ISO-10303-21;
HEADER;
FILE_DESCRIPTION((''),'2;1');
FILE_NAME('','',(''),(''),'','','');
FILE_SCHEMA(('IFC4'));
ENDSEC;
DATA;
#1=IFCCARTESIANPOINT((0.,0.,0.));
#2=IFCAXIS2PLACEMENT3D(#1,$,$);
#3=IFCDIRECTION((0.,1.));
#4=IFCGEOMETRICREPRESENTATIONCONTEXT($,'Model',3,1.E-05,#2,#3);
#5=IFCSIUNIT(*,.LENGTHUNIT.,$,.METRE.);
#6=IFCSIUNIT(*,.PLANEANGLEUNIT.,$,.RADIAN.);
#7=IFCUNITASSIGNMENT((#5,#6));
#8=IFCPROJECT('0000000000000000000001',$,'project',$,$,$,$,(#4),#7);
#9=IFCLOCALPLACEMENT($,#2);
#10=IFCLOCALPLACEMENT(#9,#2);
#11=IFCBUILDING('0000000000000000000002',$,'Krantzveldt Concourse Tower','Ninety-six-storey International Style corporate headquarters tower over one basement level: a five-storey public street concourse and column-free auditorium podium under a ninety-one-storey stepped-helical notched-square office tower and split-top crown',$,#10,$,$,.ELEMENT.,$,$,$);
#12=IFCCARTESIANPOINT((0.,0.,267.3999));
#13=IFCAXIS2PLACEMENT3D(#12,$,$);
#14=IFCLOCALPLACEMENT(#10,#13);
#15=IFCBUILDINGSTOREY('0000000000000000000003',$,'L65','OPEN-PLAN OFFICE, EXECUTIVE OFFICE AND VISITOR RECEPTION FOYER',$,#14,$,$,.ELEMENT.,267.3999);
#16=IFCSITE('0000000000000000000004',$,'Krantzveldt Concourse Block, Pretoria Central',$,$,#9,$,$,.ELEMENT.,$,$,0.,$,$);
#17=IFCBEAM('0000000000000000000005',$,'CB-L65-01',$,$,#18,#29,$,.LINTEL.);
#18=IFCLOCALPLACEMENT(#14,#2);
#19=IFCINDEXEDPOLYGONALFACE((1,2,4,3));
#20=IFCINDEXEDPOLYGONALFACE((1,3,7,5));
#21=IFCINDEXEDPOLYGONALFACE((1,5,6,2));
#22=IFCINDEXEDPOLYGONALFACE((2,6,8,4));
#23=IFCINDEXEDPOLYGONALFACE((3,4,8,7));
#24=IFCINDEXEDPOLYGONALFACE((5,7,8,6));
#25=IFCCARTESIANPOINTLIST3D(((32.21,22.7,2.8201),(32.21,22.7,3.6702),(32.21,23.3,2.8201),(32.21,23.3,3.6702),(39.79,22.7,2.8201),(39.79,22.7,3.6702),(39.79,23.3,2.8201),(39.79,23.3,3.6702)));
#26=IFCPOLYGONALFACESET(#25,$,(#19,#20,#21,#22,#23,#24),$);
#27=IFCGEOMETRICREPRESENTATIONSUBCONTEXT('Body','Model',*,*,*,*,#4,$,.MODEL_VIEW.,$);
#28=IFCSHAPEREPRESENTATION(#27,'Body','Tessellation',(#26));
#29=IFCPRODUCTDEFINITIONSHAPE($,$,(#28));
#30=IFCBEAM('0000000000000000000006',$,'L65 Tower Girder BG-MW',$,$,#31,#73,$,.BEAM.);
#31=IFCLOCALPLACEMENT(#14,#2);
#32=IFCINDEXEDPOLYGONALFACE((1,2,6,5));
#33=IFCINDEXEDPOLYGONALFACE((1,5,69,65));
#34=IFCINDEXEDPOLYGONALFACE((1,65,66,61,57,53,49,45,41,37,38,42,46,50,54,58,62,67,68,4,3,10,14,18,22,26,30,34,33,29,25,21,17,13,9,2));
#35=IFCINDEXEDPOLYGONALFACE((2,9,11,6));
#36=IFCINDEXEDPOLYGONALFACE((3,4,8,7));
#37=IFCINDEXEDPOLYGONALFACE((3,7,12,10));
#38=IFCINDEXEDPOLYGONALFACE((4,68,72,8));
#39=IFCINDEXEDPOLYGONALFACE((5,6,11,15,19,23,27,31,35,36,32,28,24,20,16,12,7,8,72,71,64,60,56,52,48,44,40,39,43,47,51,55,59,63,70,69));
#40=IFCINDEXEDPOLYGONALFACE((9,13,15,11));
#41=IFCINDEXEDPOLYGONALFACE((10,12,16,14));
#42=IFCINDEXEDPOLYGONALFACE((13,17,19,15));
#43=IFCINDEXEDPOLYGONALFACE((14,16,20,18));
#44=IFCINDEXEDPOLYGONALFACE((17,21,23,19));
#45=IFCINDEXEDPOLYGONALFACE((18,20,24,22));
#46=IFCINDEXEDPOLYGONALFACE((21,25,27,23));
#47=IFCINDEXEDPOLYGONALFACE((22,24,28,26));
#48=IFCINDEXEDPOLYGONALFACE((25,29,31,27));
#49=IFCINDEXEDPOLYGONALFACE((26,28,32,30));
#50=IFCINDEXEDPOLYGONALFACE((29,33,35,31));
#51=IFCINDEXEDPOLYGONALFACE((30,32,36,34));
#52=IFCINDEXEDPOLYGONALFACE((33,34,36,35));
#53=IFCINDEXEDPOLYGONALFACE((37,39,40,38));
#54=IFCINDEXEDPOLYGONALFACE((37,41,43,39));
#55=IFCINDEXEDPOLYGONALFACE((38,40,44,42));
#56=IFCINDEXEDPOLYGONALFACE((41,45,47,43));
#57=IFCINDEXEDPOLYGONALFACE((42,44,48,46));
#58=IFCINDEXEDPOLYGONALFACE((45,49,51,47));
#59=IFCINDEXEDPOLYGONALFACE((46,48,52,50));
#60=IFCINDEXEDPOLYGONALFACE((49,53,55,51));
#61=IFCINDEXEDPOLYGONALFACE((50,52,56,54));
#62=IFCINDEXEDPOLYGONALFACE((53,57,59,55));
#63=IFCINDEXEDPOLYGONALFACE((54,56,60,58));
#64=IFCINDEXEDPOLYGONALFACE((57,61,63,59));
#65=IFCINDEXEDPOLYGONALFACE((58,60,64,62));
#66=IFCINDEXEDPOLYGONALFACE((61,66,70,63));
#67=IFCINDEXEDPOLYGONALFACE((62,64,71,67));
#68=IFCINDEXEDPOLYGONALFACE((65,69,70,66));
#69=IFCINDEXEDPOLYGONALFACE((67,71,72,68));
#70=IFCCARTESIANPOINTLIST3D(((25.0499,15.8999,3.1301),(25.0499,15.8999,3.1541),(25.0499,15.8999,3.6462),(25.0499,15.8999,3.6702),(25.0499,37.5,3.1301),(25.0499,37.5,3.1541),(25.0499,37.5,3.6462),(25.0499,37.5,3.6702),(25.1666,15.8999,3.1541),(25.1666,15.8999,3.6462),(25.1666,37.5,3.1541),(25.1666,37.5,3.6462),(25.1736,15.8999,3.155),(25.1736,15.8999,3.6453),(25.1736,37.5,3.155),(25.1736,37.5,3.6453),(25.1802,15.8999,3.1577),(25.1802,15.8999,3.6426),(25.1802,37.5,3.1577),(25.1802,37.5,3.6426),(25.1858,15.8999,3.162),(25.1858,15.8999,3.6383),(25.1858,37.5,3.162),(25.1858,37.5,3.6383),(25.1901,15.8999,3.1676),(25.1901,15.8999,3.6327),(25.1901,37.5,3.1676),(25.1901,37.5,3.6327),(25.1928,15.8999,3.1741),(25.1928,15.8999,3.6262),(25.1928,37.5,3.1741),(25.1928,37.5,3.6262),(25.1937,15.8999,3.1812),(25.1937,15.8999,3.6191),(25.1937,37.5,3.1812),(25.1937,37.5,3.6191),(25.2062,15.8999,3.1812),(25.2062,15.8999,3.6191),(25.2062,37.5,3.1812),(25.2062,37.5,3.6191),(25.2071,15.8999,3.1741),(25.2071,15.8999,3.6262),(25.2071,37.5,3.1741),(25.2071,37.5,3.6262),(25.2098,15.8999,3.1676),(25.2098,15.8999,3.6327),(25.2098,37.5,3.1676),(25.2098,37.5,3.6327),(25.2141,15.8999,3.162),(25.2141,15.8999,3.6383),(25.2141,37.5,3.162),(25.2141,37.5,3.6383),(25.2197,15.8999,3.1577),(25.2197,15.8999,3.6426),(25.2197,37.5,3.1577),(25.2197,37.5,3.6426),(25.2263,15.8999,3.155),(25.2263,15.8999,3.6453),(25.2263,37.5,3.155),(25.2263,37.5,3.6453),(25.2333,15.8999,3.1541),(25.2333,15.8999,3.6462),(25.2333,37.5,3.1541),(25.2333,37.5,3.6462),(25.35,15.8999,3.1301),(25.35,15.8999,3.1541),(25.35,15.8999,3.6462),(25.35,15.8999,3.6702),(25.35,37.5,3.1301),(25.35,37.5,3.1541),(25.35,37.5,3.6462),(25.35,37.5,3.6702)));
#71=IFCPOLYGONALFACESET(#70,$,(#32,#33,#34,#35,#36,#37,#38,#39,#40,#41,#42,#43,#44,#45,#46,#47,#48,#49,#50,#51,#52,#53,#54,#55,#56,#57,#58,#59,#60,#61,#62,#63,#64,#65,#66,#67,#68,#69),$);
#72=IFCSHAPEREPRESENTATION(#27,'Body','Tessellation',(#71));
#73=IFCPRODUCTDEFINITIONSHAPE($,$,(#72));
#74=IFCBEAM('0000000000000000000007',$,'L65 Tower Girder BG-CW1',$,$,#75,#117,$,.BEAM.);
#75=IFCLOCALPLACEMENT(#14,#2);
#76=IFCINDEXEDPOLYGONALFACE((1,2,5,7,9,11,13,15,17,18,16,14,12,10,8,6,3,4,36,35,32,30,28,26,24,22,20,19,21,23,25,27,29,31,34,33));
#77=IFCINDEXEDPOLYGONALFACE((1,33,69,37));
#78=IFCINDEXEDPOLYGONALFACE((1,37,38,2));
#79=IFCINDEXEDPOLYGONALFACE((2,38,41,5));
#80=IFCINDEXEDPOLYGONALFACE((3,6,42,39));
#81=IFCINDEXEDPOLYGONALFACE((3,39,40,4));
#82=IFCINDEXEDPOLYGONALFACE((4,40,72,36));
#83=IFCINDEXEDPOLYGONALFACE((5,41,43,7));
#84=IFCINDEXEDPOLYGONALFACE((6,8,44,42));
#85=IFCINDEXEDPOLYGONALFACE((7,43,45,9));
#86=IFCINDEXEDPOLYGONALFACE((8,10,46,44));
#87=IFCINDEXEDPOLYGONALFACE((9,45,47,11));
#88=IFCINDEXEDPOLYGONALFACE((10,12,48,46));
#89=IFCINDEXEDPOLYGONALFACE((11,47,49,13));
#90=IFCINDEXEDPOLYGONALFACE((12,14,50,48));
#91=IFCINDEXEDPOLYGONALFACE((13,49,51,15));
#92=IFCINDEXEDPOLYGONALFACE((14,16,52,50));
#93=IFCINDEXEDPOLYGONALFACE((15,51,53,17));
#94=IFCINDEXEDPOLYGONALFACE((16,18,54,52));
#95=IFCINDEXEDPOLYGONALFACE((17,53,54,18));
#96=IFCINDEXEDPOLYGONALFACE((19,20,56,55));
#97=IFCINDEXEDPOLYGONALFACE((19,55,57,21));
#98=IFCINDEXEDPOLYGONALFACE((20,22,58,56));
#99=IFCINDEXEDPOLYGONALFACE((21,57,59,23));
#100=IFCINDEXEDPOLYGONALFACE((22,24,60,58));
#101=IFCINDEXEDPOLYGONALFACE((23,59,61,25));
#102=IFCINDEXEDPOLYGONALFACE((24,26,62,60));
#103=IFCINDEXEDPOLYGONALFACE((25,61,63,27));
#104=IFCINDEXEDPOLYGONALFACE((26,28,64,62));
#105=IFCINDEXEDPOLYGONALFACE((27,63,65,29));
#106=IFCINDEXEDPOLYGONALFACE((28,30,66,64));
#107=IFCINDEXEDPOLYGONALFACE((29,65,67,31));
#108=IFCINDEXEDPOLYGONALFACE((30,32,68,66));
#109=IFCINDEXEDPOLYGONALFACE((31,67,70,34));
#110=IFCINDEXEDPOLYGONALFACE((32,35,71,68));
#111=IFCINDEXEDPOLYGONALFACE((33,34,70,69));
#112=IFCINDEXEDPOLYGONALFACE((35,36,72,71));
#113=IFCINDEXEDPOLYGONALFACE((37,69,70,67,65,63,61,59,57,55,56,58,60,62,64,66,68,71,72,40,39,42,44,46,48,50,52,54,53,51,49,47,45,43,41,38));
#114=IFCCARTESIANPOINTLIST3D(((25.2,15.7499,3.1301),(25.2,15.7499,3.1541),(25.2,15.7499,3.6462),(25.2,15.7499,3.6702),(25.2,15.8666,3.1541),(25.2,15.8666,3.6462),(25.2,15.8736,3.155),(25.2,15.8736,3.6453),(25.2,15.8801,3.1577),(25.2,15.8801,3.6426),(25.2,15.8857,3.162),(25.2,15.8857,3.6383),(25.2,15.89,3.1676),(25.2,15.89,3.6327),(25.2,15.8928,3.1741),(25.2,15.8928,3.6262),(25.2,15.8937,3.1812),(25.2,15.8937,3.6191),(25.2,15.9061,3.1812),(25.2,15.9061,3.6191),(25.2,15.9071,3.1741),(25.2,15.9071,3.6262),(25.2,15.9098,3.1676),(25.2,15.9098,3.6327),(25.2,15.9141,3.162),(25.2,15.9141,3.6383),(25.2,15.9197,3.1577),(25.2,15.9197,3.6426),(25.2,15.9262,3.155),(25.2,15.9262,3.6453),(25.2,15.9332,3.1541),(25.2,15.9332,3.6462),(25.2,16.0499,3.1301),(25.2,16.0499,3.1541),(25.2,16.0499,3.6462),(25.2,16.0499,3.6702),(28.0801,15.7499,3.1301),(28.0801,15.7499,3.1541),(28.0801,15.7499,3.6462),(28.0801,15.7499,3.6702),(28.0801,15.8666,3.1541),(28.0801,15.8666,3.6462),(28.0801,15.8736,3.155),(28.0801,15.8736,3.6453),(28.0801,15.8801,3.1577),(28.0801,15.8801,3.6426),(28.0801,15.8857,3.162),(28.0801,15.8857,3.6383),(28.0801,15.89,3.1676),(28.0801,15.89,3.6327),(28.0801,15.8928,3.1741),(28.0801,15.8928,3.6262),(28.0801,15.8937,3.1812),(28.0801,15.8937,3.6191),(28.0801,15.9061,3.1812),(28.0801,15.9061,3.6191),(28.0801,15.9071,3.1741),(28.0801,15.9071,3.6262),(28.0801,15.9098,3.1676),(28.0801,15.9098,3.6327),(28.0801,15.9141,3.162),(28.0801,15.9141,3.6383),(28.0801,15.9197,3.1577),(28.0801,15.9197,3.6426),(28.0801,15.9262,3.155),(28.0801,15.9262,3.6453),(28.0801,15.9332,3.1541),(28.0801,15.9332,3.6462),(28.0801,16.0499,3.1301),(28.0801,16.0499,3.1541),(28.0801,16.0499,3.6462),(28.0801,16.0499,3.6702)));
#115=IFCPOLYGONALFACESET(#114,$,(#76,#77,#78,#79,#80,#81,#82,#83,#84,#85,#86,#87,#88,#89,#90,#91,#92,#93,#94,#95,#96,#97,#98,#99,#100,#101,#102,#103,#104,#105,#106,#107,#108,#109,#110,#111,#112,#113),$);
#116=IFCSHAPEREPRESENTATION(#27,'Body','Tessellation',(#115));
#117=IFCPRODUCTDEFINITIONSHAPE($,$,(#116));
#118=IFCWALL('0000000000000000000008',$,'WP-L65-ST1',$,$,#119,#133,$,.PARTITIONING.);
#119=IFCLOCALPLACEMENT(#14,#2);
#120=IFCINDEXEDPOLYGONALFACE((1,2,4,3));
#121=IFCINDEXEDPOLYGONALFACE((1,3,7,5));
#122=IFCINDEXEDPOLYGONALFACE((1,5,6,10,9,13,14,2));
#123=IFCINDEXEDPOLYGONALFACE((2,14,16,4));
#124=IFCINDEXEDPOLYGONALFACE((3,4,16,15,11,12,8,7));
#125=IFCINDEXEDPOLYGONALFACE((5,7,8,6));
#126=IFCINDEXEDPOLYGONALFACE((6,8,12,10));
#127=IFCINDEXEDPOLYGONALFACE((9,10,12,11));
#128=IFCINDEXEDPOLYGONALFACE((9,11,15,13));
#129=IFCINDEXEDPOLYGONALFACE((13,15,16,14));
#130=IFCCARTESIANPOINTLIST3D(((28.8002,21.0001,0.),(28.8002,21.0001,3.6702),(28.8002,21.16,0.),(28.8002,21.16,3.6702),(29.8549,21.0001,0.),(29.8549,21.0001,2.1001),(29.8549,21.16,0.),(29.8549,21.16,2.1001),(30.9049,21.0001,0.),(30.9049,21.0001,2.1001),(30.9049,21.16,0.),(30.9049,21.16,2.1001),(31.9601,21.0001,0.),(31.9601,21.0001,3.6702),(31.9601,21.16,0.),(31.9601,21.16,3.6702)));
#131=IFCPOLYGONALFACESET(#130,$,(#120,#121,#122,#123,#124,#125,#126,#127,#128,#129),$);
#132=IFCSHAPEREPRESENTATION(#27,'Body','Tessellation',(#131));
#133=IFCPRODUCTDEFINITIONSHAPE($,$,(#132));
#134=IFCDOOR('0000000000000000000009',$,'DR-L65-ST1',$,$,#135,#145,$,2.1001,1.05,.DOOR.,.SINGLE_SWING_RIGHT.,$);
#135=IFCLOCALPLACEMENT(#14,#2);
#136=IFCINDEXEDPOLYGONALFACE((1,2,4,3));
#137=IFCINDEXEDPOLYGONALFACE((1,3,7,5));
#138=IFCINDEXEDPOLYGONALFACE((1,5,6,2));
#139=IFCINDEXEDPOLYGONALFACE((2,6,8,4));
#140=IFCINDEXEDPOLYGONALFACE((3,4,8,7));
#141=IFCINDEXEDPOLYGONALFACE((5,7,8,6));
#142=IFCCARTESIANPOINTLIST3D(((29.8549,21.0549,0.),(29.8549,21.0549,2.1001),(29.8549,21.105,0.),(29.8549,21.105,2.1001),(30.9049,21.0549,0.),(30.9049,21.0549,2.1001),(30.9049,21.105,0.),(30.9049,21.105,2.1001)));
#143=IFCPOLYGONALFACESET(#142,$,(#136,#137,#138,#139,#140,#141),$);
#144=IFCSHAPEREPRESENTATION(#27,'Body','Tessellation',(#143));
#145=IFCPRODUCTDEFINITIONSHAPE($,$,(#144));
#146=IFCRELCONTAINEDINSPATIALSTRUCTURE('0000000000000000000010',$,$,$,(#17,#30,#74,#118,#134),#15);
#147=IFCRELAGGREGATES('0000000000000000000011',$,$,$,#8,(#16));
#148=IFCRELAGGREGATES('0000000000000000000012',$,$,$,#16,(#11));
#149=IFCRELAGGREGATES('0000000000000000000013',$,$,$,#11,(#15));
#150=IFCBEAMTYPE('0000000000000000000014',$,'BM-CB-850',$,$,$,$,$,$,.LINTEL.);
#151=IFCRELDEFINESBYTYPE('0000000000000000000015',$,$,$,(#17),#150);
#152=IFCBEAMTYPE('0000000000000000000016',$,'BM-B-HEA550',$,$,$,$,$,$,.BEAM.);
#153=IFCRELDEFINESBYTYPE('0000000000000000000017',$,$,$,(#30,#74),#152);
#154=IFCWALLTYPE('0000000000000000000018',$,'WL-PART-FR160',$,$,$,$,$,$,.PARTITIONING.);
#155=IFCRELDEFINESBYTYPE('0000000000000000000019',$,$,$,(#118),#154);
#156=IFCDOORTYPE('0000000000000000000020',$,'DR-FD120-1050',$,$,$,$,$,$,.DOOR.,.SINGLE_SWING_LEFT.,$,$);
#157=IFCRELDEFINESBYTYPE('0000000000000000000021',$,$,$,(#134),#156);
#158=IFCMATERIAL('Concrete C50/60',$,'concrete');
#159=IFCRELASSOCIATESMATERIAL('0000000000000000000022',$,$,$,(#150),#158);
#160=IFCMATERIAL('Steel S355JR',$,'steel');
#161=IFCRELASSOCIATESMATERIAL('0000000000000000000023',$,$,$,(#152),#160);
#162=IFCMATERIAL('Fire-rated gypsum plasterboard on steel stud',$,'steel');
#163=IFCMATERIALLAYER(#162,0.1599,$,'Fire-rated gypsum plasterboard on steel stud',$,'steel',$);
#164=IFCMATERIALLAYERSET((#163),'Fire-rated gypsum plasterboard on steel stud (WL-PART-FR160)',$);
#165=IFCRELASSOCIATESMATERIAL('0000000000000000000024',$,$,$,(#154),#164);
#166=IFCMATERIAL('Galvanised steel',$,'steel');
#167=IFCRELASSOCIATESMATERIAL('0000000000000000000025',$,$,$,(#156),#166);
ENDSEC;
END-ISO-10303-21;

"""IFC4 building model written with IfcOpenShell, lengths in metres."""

from ifc_helpers import new_model, si_unit, direction, frame, frame_2d, origin, origin_2d, place, context, subcontext, project, spatial, rectangle, i_section, extrude, source, transform, mapped, material, layer, layer_set, material_profile, profile_set, type_object, type_shapes, element, fill, save


model = new_model("IFC4")

# Units and contexts
model_context = context("Model", 3, precision=1e-05, world=origin(), true_north=direction((0.0, 1.0)))
body_context = subcontext(model_context, "Body", "Model", "MODEL_VIEW")
ifc_project = project(units=[si_unit("LENGTHUNIT", "METRE"), si_unit("PLANEANGLEUNIT", "RADIAN")], contexts=[model_context])

# Site, building, storey
site_placement = place(None, origin())
site = spatial("IfcSite", under=ifc_project, at=site_placement, Name="Krantzveldt Concourse Block, Pretoria Central", CompositionType="ELEMENT", RefElevation=0.0)
building_placement = place(site_placement, origin())
building = spatial("IfcBuilding", under=site, at=building_placement, Name="Krantzveldt Concourse Tower", Description="Ninety-six-storey International Style corporate headquarters tower over one basement level: a five-storey public street concourse and column-free auditorium podium under a ninety-one-storey stepped-helical notched-square office tower and split-top crown", CompositionType="ELEMENT")
storey_placement = place(building_placement, frame((0.0, 0.0, 267.3999)))
storey = spatial("IfcBuildingStorey", under=building, at=storey_placement, Name="L65", Description="OPEN-PLAN OFFICE, EXECUTIVE OFFICE AND VISITOR RECEPTION FOYER", CompositionType="ELEMENT", Elevation=267.3999)

# Beams
ifc_material_1 = material(Name="Concrete C50/60", Category="concrete")
ifc_material_profile_1 = material_profile(ifc_material_1, rectangle(XDim=0.6001, YDim=0.8501, at=origin_2d()), Name="Concrete C50/60", Category="concrete")
ifc_profile_set_1 = profile_set([ifc_material_profile_1], Name="Concrete C50/60 - RC-CB 600x850")
beam_type_1 = type_object("IfcBeamType", Name="BM-CB-850", PredefinedType="LINTEL", material=ifc_profile_set_1)
shared_shape_1 = source(origin(), body_context, "Body", "SweptSolid", [
    extrude(rectangle(XDim=0.6001, YDim=0.8501, at=origin_2d()), origin(), (0.0, 0.0, 1.0), 7.5801),
])
type_shapes(beam_type_1, [shared_shape_1])
beam_1_placement = place(storey_placement, frame((32.21, 23.0, 3.2451), z_axis=(1.0, 0.0, 0.0), x_axis=(0.0, 1.0, 0.0)))
element("IfcBeam", 1, at=beam_1_placement, inside=storey, type_object=beam_type_1, Name="CB-L65-01", PredefinedType="LINTEL", context=body_context, shape_type="MappedRepresentation", body=[
    mapped(shared_shape_1, transform((0.0, 0.0, 0.0), x_axis=(1.0, 0.0, 0.0), y_axis=(0.0, 1.0, 0.0), z_axis=(0.0, 0.0, 1.0), scale=1.0)),
])
ifc_material_2 = material(Name="Steel S355JR", Category="steel")
ifc_material_profile_2 = material_profile(ifc_material_2, i_section(OverallWidth=0.3, OverallDepth=0.54, WebThickness=0.0125, FlangeThickness=0.0239, FilletRadius=0.0271, at=origin_2d()), Name="Steel S355JR", Category="steel")
ifc_profile_set_2 = profile_set([ifc_material_profile_2], Name="Steel S355JR - HEA 550")
beam_type_2 = type_object("IfcBeamType", Name="BM-B-HEA550", PredefinedType="BEAM", material=ifc_profile_set_2)
shared_shape_2 = source(origin(), body_context, "Body", "SweptSolid", [
    extrude(i_section(OverallWidth=0.3, OverallDepth=0.54, WebThickness=0.0125, FlangeThickness=0.0239, FilletRadius=0.0271, at=origin_2d()), origin(), (0.0, 0.0, 1.0), 21.6001),
])
beam_2_placement = place(storey_placement, frame((25.2, 15.8999, 3.4001), z_axis=(0.0, 1.0, 0.0), x_axis=(-1.0, 0.0, 0.0)))
element("IfcBeam", 2, at=beam_2_placement, inside=storey, type_object=beam_type_2, Name="L65 Tower Girder BG-MW", PredefinedType="BEAM", context=body_context, shape_type="MappedRepresentation", body=[
    mapped(shared_shape_2, transform((0.0, 0.0, 0.0), x_axis=(1.0, 0.0, 0.0), y_axis=(0.0, 1.0, 0.0), z_axis=(0.0, 0.0, 1.0), scale=1.0)),
])
shared_shape_3 = source(origin(), body_context, "Body", "SweptSolid", [
    extrude(i_section(OverallWidth=0.3, OverallDepth=0.54, WebThickness=0.0125, FlangeThickness=0.0239, FilletRadius=0.0271, at=origin_2d()), origin(), (0.0, 0.0, 1.0), 2.8801),
])
type_shapes(beam_type_2, [shared_shape_2, shared_shape_3])
beam_3_placement = place(storey_placement, frame((25.2, 15.8999, 3.4001), z_axis=(1.0, 0.0, 0.0), x_axis=(0.0, 1.0, 0.0)))
element("IfcBeam", 3, at=beam_3_placement, inside=storey, type_object=beam_type_2, Name="L65 Tower Girder BG-CW1", PredefinedType="BEAM", context=body_context, shape_type="MappedRepresentation", body=[
    mapped(shared_shape_3, transform((0.0, 0.0, 0.0), x_axis=(1.0, 0.0, 0.0), y_axis=(0.0, 1.0, 0.0), z_axis=(0.0, 0.0, 1.0), scale=1.0)),
])

# Wall, opening, door
ifc_material_3 = material(Name="Fire-rated gypsum plasterboard on steel stud", Category="steel")
ifc_layer_1 = layer(ifc_material_3, 0.1599, Name="Fire-rated gypsum plasterboard on steel stud", Category="steel")
ifc_layer_set_1 = layer_set([ifc_layer_1], Name="Fire-rated gypsum plasterboard on steel stud (WL-PART-FR160)")
wall_type_1 = type_object("IfcWallType", Name="WL-PART-FR160", PredefinedType="PARTITIONING", material=ifc_layer_set_1)
wall_1_placement = place(storey_placement, frame((28.8, 21.0801, 0.0), z_axis=(0.0, 0.0, 1.0), x_axis=(1.0, 0.0, 0.0)))
wall_1 = element("IfcWall", 4, at=wall_1_placement, inside=storey, type_object=wall_type_1, Name="WP-L65-ST1", PredefinedType="PARTITIONING", context=body_context, shape_type="SweptSolid", body=[
    extrude(rectangle(XDim=3.1599, YDim=0.1599, at=frame_2d((1.5801, 0.0))), origin(), (0.0, 0.0, 1.0), 3.6702),
])
opening_1_placement = place(wall_1_placement, frame((1.0549, 0.0, 0.0)))
opening_1 = element("IfcOpeningElement", 5, at=opening_1_placement, cuts=wall_1, PredefinedType="OPENING", context=body_context, shape_type="SweptSolid", body=[
    extrude(rectangle(XDim=1.05, YDim=2.1001, at=frame_2d((0.5249, 1.05))), frame((0.0, 0.0898, 0.0), z_axis=(0.0, -1.0, 0.0), x_axis=(1.0, 0.0, 0.0)), (0.0, 0.0, 1.0), 0.1799),
])
ifc_material_4 = material(Name="Galvanised steel", Category="steel")
door_type_1 = type_object("IfcDoorType", Name="DR-FD120-1050", OperationType="SINGLE_SWING_LEFT", PredefinedType="DOOR", material=ifc_material_4)
door_1_placement = place(opening_1_placement, origin())
door_1 = element("IfcDoor", 6, at=door_1_placement, inside=storey, type_object=door_type_1, Name="DR-L65-ST1", OperationType="SINGLE_SWING_RIGHT", OverallHeight=2.1001, OverallWidth=1.05, PredefinedType="DOOR", context=body_context, shape_type="SweptSolid", body=[
    extrude(rectangle(XDim=1.05, YDim=2.1001, at=frame_2d((0.5249, 1.05))), frame((0.0, 0.0249, 0.0), z_axis=(0.0, -1.0, 0.0), x_axis=(1.0, 0.0, 0.0)), (0.0, 0.0, 1.0), 0.05),
])
fill(opening_1, door_1)

save(model, "model.ifc")
